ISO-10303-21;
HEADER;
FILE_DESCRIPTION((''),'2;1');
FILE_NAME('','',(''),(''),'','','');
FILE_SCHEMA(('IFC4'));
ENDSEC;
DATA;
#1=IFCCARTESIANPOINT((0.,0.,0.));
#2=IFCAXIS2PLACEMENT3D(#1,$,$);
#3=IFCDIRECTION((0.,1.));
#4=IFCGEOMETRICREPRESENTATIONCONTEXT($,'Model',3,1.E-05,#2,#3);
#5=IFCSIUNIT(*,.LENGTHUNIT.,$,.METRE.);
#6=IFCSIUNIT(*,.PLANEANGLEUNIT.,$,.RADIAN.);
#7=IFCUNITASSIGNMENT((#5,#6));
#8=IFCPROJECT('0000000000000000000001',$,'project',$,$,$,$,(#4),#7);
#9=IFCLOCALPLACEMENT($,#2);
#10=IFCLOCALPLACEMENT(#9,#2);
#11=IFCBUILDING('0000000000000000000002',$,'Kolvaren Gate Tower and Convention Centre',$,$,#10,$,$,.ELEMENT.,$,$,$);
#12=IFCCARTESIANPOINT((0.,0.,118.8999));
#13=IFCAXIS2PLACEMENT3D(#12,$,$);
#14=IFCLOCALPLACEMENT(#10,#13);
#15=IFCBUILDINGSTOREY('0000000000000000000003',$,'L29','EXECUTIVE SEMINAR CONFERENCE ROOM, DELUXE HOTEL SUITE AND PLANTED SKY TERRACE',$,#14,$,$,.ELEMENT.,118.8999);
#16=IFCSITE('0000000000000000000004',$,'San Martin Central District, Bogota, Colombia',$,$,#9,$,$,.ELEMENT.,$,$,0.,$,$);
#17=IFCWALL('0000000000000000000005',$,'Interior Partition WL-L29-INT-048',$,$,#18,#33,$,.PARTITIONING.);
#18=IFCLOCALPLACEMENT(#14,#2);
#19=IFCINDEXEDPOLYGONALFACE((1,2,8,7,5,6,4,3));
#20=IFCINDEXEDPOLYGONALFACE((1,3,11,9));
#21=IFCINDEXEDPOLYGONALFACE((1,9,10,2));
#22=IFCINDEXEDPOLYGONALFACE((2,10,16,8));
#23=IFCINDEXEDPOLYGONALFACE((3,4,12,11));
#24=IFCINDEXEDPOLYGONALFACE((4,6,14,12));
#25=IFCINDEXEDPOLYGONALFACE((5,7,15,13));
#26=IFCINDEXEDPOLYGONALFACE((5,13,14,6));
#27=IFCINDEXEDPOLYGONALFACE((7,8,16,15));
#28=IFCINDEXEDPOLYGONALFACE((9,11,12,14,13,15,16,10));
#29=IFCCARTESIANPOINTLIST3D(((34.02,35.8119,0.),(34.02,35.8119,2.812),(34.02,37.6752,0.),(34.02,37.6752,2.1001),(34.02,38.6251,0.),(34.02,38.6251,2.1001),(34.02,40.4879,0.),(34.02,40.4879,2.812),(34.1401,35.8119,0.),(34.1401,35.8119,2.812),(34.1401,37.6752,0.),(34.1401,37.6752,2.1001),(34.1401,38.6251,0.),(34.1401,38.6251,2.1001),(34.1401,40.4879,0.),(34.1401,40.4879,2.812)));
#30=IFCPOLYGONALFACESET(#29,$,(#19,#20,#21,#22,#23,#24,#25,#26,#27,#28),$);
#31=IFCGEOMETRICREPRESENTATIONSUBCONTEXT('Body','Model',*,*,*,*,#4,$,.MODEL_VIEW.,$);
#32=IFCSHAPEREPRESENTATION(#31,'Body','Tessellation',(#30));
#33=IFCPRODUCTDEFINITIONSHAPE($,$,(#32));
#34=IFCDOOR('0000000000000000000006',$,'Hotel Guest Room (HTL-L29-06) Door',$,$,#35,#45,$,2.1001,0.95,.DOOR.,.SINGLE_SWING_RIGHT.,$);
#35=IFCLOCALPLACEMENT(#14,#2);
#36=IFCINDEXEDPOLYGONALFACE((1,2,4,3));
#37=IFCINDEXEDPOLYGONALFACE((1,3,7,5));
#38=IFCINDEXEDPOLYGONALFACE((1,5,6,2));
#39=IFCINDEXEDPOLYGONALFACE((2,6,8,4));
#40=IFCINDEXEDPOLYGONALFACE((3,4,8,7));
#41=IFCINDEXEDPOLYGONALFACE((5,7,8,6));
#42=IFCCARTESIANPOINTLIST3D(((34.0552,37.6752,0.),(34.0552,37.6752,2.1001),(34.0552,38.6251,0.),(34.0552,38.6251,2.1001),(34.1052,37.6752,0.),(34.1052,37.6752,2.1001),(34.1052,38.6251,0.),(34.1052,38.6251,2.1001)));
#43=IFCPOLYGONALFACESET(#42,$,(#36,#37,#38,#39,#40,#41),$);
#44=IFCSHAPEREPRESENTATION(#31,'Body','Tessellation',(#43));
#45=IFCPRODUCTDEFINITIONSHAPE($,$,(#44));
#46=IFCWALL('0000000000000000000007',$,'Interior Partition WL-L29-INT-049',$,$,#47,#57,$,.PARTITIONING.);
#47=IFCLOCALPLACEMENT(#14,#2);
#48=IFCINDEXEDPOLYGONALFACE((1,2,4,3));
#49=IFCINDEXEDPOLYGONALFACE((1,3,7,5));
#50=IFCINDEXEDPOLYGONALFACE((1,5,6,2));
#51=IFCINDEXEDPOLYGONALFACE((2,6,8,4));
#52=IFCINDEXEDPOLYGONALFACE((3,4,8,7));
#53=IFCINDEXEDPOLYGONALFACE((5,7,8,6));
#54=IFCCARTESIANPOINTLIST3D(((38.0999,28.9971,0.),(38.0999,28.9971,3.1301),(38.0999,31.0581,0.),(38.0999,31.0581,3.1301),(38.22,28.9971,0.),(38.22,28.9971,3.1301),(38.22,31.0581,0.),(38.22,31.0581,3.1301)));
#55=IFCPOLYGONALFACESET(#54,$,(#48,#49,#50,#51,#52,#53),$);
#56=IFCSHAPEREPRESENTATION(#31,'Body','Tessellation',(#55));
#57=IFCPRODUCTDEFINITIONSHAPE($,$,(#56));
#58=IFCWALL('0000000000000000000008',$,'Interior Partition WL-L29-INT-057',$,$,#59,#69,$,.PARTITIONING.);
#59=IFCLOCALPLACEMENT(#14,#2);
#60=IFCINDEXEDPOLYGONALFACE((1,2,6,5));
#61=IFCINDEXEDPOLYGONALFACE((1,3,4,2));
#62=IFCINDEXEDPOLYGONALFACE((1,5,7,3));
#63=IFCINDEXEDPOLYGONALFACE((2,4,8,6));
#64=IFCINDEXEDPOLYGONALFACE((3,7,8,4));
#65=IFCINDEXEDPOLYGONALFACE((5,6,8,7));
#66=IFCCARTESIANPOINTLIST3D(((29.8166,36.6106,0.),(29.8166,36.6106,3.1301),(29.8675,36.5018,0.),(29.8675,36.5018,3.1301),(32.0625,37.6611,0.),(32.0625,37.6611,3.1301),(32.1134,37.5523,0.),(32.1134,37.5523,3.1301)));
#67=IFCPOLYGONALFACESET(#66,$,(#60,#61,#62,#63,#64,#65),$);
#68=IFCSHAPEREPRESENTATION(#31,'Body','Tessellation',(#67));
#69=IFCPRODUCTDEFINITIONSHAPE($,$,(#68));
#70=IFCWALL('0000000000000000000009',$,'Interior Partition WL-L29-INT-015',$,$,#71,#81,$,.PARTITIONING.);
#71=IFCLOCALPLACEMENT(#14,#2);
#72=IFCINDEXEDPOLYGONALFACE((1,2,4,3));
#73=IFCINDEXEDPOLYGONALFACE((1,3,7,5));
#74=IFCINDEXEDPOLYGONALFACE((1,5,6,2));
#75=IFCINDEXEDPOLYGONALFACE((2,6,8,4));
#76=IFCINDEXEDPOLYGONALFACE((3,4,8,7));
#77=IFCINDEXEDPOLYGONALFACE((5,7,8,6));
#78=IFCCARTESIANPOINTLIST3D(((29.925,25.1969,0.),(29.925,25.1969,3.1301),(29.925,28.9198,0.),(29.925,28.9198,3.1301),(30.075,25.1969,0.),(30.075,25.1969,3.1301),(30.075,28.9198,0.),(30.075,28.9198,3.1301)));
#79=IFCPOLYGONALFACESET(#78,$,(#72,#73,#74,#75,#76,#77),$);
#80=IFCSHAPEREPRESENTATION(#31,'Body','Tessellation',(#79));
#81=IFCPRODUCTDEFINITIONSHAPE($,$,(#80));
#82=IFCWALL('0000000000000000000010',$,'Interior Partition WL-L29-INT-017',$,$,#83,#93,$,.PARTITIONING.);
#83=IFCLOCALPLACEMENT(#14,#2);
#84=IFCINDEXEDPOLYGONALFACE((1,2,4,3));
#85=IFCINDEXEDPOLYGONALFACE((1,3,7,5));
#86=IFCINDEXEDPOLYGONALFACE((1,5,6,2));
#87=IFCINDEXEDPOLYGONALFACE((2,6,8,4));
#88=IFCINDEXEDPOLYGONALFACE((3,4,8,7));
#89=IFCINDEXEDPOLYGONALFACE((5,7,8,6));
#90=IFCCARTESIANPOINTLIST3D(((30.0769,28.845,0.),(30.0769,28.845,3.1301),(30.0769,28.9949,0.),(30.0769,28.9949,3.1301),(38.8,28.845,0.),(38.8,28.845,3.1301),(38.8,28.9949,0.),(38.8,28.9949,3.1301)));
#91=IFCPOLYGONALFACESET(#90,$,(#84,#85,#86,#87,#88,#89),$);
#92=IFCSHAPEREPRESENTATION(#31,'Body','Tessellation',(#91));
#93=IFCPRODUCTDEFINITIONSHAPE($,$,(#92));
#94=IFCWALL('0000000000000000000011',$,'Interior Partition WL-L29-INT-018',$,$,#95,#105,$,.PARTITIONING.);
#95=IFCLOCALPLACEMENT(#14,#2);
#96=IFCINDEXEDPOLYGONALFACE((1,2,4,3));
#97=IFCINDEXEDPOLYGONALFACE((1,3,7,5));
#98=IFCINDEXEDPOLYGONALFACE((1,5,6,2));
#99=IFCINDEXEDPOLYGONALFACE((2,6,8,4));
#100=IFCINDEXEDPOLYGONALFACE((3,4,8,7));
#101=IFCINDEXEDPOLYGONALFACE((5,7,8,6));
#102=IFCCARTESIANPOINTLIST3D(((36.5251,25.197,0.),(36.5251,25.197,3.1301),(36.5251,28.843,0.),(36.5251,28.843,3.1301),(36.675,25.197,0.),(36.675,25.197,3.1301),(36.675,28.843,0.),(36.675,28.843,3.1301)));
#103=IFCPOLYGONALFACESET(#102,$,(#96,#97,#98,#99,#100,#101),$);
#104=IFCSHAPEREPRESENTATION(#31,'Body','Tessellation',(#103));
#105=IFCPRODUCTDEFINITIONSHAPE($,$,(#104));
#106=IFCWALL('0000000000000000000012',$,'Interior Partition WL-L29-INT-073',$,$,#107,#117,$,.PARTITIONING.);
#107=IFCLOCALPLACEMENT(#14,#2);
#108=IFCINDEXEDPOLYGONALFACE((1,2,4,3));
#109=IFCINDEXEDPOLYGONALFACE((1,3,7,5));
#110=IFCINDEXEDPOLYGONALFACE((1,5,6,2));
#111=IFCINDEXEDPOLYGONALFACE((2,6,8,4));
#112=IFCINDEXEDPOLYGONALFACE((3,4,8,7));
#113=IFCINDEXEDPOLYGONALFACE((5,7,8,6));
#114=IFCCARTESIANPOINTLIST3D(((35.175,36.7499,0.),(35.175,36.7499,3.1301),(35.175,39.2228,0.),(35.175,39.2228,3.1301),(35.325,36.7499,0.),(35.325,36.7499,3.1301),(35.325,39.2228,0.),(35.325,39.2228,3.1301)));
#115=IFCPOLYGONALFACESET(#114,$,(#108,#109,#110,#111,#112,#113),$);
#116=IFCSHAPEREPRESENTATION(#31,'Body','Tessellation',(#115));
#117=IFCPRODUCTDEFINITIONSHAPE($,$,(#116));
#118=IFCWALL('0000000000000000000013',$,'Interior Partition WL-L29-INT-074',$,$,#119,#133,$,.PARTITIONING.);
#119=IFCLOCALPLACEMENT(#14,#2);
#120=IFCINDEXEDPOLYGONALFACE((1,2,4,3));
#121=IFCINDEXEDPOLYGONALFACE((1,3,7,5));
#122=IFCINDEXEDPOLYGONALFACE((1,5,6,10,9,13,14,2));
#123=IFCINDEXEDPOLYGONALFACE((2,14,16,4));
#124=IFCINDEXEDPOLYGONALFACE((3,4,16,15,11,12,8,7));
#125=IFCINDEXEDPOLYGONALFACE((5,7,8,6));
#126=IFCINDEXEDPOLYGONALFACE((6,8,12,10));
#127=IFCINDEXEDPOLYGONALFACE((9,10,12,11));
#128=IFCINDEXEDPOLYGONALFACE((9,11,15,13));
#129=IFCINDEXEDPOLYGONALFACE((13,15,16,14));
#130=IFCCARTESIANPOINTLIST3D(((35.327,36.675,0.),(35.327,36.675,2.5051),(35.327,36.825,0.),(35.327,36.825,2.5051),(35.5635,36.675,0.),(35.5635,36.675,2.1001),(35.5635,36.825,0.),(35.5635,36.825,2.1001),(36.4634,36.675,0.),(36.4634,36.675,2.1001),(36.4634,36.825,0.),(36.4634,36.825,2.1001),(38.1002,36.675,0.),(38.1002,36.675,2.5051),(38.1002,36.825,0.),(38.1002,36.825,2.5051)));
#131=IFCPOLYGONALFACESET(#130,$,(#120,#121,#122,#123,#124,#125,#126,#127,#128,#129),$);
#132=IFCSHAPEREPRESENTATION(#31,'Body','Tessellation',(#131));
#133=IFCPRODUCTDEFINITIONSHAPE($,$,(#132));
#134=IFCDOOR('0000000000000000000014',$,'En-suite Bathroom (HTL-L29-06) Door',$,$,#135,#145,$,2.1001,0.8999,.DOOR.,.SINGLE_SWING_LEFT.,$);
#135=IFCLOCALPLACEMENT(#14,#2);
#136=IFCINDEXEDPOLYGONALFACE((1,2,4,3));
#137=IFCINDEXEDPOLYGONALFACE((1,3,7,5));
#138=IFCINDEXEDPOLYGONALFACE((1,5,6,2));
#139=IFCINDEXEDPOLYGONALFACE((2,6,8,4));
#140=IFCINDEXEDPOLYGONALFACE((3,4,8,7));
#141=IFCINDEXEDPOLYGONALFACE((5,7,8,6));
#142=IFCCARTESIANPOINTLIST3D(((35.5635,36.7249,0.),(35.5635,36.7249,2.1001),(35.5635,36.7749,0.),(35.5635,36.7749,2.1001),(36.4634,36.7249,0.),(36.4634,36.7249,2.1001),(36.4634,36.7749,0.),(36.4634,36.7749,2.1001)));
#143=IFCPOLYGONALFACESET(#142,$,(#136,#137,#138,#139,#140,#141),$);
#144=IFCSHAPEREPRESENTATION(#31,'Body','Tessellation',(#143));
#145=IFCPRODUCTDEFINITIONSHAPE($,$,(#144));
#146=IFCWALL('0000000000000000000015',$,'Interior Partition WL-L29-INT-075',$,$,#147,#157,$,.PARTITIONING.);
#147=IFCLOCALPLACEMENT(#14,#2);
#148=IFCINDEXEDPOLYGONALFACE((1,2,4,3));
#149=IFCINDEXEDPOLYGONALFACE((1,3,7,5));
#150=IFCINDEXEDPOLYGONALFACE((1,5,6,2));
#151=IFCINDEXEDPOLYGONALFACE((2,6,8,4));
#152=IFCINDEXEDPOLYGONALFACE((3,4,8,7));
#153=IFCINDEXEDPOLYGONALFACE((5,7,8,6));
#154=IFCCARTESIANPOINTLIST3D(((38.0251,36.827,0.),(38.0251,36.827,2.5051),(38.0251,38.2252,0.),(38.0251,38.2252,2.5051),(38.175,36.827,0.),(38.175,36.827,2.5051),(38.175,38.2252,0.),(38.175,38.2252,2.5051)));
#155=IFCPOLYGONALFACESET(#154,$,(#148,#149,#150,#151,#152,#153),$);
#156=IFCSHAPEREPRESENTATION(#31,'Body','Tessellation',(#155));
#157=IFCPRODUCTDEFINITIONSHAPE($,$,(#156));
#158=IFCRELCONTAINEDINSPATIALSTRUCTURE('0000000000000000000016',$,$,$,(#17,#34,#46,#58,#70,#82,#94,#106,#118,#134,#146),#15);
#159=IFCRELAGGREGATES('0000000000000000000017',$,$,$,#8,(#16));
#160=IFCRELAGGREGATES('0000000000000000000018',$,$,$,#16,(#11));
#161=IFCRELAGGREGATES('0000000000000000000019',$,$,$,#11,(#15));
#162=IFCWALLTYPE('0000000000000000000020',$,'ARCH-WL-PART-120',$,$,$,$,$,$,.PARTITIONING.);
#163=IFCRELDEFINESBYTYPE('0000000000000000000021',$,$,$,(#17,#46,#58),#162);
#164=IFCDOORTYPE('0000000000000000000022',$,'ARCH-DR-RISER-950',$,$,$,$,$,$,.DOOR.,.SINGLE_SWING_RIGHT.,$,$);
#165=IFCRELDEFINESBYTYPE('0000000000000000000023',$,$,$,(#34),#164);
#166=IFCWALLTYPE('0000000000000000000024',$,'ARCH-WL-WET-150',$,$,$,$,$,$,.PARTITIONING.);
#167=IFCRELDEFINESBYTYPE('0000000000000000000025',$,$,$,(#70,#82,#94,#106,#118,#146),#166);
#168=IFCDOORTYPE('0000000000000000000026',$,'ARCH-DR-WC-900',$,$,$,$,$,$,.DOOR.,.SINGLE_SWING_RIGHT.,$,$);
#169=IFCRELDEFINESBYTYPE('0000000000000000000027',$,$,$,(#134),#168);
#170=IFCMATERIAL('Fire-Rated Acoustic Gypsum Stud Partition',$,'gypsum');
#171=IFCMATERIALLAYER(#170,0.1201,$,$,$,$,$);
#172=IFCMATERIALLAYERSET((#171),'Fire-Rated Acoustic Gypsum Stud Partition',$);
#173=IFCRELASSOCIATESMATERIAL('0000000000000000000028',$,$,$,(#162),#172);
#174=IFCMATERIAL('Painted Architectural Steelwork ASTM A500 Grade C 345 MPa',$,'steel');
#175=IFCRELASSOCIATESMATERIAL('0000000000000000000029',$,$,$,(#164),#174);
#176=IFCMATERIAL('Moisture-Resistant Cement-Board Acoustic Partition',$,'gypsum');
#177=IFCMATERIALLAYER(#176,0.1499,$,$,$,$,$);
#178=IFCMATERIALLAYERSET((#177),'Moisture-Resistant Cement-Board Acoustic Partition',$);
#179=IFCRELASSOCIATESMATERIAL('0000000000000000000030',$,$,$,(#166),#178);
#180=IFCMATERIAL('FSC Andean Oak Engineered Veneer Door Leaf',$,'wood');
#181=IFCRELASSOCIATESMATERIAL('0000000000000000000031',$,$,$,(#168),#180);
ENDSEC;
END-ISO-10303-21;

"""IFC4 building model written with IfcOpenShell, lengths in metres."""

from ifc_helpers import new_model, si_unit, direction, frame, frame_2d, origin, place, context, subcontext, project, spatial, rectangle, extrude, material, layer, layer_set, type_object, element, fill, save


model = new_model("IFC4")

# Units and contexts
model_context = context("Model", 3, precision=1e-05, world=origin(), true_north=direction((0.0, 1.0)))
body_context = subcontext(model_context, "Body", "Model", "MODEL_VIEW")
ifc_project = project(units=[si_unit("LENGTHUNIT", "METRE"), si_unit("PLANEANGLEUNIT", "RADIAN")], contexts=[model_context])

# Site, building, storey
site_placement = place(None, origin())
site = spatial("IfcSite", under=ifc_project, at=site_placement, Name="San Martin Central District, Bogota, Colombia", CompositionType="ELEMENT", RefElevation=0.0)
building_placement = place(site_placement, origin())
building = spatial("IfcBuilding", under=site, at=building_placement, Name="Kolvaren Gate Tower and Convention Centre", CompositionType="ELEMENT")
storey_placement = place(building_placement, frame((0.0, 0.0, 118.8999)))
storey = spatial("IfcBuildingStorey", under=building, at=storey_placement, Name="L29", Description="EXECUTIVE SEMINAR CONFERENCE ROOM, DELUXE HOTEL SUITE AND PLANTED SKY TERRACE", CompositionType="ELEMENT", Elevation=118.8999)

# Shared definitions
ifc_material_1 = material(Name="Fire-Rated Acoustic Gypsum Stud Partition", Category="gypsum")
ifc_layer_1 = layer(ifc_material_1, 0.1201)
ifc_layer_set_1 = layer_set([ifc_layer_1], Name="Fire-Rated Acoustic Gypsum Stud Partition")
wall_type_1 = type_object("IfcWallType", Name="ARCH-WL-PART-120", PredefinedType="PARTITIONING", material=ifc_layer_set_1)

# Shared definitions
ifc_material_2 = material(Name="Painted Architectural Steelwork ASTM A500 Grade C 345 MPa", Category="steel")
door_type_1 = type_object("IfcDoorType", Name="ARCH-DR-RISER-950", OperationType="SINGLE_SWING_RIGHT", PredefinedType="DOOR", material=ifc_material_2)

# Wall, opening, door
wall_1_placement = place(storey_placement, frame((34.0801, 35.812, 0.0), z_axis=(0.0, 0.0, 1.0), x_axis=(0.0, 1.0, 0.0)))
wall_1 = element("IfcWall", 1, at=wall_1_placement, inside=storey, type_object=wall_type_1, Name="Interior Partition WL-L29-INT-048", PredefinedType="PARTITIONING", context=body_context, shape_type="SweptSolid", body=[
    extrude(rectangle(XDim=4.676, YDim=0.1201, at=frame_2d((2.3379, 0.0))), origin(), (0.0, 0.0, 1.0), 2.812),
])
opening_1_placement = place(wall_1_placement, frame((1.863, 0.0, 0.0)))
opening_1 = element("IfcOpeningElement", 2, at=opening_1_placement, cuts=wall_1, PredefinedType="OPENING", context=body_context, shape_type="SweptSolid", body=[
    extrude(rectangle(XDim=0.95, YDim=2.1001, at=frame_2d((0.4751, 1.05))), frame((0.0, 0.0701, 0.0), z_axis=(0.0, -1.0, 0.0), x_axis=(1.0, 0.0, 0.0)), (0.0, 0.0, 1.0), 0.1401),
])
door_1_placement = place(opening_1_placement, origin())
door_1 = element("IfcDoor", 3, at=door_1_placement, inside=storey, type_object=door_type_1, Name="Hotel Guest Room (HTL-L29-06) Door", OperationType="SINGLE_SWING_RIGHT", OverallHeight=2.1001, OverallWidth=0.95, PredefinedType="DOOR", context=body_context, shape_type="SweptSolid", body=[
    extrude(rectangle(XDim=0.95, YDim=2.1001, at=frame_2d((0.4751, 1.05))), frame((0.0, 0.0249, 0.0), z_axis=(0.0, -1.0, 0.0), x_axis=(1.0, 0.0, 0.0)), (0.0, 0.0, 1.0), 0.05),
])
fill(opening_1, door_1)

# Walls
wall_2_placement = place(storey_placement, frame((38.1599, 28.9971, 0.0), z_axis=(0.0, 0.0, 1.0), x_axis=(0.0, 1.0, 0.0)))
element("IfcWall", 4, at=wall_2_placement, inside=storey, type_object=wall_type_1, Name="Interior Partition WL-L29-INT-049", PredefinedType="PARTITIONING", context=body_context, shape_type="SweptSolid", body=[
    extrude(rectangle(XDim=2.061, YDim=0.1201, at=frame_2d((1.0305, 0.0))), origin(), (0.0, 0.0, 1.0), 3.1301),
])
wall_3_placement = place(storey_placement, frame((29.842, 36.5562, 0.0), z_axis=(0.0, 0.0, 1.0), x_axis=(0.9058, 0.423705, 0.0)))
element("IfcWall", 5, at=wall_3_placement, inside=storey, type_object=wall_type_1, Name="Interior Partition WL-L29-INT-057", PredefinedType="PARTITIONING", context=body_context, shape_type="SweptSolid", body=[
    extrude(rectangle(XDim=2.4795, YDim=0.1201, at=frame_2d((1.2397, 0.0))), origin(), (0.0, 0.0, 1.0), 3.1301),
])
ifc_material_3 = material(Name="Moisture-Resistant Cement-Board Acoustic Partition", Category="gypsum")
ifc_layer_2 = layer(ifc_material_3, 0.1499)
ifc_layer_set_2 = layer_set([ifc_layer_2], Name="Moisture-Resistant Cement-Board Acoustic Partition")
wall_type_2 = type_object("IfcWallType", Name="ARCH-WL-WET-150", PredefinedType="PARTITIONING", material=ifc_layer_set_2)
wall_4_placement = place(storey_placement, frame((30.0, 25.197, 0.0), z_axis=(0.0, 0.0, 1.0), x_axis=(0.0, 1.0, 0.0)))
element("IfcWall", 6, at=wall_4_placement, inside=storey, type_object=wall_type_2, Name="Interior Partition WL-L29-INT-015", PredefinedType="PARTITIONING", context=body_context, shape_type="SweptSolid", body=[
    extrude(rectangle(XDim=3.7229, YDim=0.1499, at=frame_2d((1.8613, 0.0))), origin(), (0.0, 0.0, 1.0), 3.1301),
])
wall_5_placement = place(storey_placement, frame((30.0769, 28.9199, 0.0), z_axis=(0.0, 0.0, 1.0), x_axis=(1.0, 0.0, 0.0)))
element("IfcWall", 7, at=wall_5_placement, inside=storey, type_object=wall_type_2, Name="Interior Partition WL-L29-INT-017", PredefinedType="PARTITIONING", context=body_context, shape_type="SweptSolid", body=[
    extrude(rectangle(XDim=8.7231, YDim=0.1499, at=frame_2d((4.3616, 0.0))), origin(), (0.0, 0.0, 1.0), 3.1301),
])
wall_6_placement = place(storey_placement, frame((36.6001, 25.197, 0.0), z_axis=(0.0, 0.0, 1.0), x_axis=(0.0, 1.0, 0.0)))
element("IfcWall", 8, at=wall_6_placement, inside=storey, type_object=wall_type_2, Name="Interior Partition WL-L29-INT-018", PredefinedType="PARTITIONING", context=body_context, shape_type="SweptSolid", body=[
    extrude(rectangle(XDim=3.646, YDim=0.1499, at=frame_2d((1.823, 0.0))), origin(), (0.0, 0.0, 1.0), 3.1301),
])
wall_7_placement = place(storey_placement, frame((35.25, 36.75, 0.0), z_axis=(0.0, 0.0, 1.0), x_axis=(0.0, 1.0, 0.0)))
element("IfcWall", 9, at=wall_7_placement, inside=storey, type_object=wall_type_2, Name="Interior Partition WL-L29-INT-073", PredefinedType="PARTITIONING", context=body_context, shape_type="SweptSolid", body=[
    extrude(rectangle(XDim=2.4729, YDim=0.1499, at=frame_2d((1.2363, 0.0))), origin(), (0.0, 0.0, 1.0), 3.1301),
])

# Wall, opening, door
wall_8_placement = place(storey_placement, frame((35.3269, 36.75, 0.0), z_axis=(0.0, 0.0, 1.0), x_axis=(1.0, 0.0, 0.0)))
wall_8 = element("IfcWall", 10, at=wall_8_placement, inside=storey, type_object=wall_type_2, Name="Interior Partition WL-L29-INT-074", PredefinedType="PARTITIONING", context=body_context, shape_type="SweptSolid", body=[
    extrude(rectangle(XDim=2.7732, YDim=0.1499, at=frame_2d((1.3867, 0.0))), origin(), (0.0, 0.0, 1.0), 2.5051),
])
opening_2_placement = place(wall_8_placement, frame((0.2366, 0.0, 0.0)))
opening_2 = element("IfcOpeningElement", 11, at=opening_2_placement, cuts=wall_8, PredefinedType="OPENING", context=body_context, shape_type="SweptSolid", body=[
    extrude(rectangle(XDim=0.8999, YDim=2.1001, at=frame_2d((0.45, 1.05))), frame((0.0, 0.085, 0.0), z_axis=(0.0, -1.0, 0.0), x_axis=(1.0, 0.0, 0.0)), (0.0, 0.0, 1.0), 0.1699),
])
ifc_material_4 = material(Name="FSC Andean Oak Engineered Veneer Door Leaf", Category="wood")
door_type_2 = type_object("IfcDoorType", Name="ARCH-DR-WC-900", OperationType="SINGLE_SWING_RIGHT", PredefinedType="DOOR", material=ifc_material_4)
door_2_placement = place(opening_2_placement, origin())
door_2 = element("IfcDoor", 12, at=door_2_placement, inside=storey, type_object=door_type_2, Name="En-suite Bathroom (HTL-L29-06) Door", OperationType="SINGLE_SWING_LEFT", OverallHeight=2.1001, OverallWidth=0.8999, PredefinedType="DOOR", context=body_context, shape_type="SweptSolid", body=[
    extrude(rectangle(XDim=0.8999, YDim=2.1001, at=frame_2d((0.45, 1.05))), frame((0.0, 0.0249, 0.0), z_axis=(0.0, -1.0, 0.0), x_axis=(1.0, 0.0, 0.0)), (0.0, 0.0, 1.0), 0.05),
])
fill(opening_2, door_2)

# Wall
wall_9_placement = place(storey_placement, frame((38.1001, 36.8269, 0.0), z_axis=(0.0, 0.0, 1.0), x_axis=(0.0, 1.0, 0.0)))
element("IfcWall", 13, at=wall_9_placement, inside=storey, type_object=wall_type_2, Name="Interior Partition WL-L29-INT-075", PredefinedType="PARTITIONING", context=body_context, shape_type="SweptSolid", body=[
    extrude(rectangle(XDim=1.3982, YDim=0.1499, at=frame_2d((0.6992, 0.0))), origin(), (0.0, 0.0, 1.0), 2.5051),
])

save(model, "model.ifc")
